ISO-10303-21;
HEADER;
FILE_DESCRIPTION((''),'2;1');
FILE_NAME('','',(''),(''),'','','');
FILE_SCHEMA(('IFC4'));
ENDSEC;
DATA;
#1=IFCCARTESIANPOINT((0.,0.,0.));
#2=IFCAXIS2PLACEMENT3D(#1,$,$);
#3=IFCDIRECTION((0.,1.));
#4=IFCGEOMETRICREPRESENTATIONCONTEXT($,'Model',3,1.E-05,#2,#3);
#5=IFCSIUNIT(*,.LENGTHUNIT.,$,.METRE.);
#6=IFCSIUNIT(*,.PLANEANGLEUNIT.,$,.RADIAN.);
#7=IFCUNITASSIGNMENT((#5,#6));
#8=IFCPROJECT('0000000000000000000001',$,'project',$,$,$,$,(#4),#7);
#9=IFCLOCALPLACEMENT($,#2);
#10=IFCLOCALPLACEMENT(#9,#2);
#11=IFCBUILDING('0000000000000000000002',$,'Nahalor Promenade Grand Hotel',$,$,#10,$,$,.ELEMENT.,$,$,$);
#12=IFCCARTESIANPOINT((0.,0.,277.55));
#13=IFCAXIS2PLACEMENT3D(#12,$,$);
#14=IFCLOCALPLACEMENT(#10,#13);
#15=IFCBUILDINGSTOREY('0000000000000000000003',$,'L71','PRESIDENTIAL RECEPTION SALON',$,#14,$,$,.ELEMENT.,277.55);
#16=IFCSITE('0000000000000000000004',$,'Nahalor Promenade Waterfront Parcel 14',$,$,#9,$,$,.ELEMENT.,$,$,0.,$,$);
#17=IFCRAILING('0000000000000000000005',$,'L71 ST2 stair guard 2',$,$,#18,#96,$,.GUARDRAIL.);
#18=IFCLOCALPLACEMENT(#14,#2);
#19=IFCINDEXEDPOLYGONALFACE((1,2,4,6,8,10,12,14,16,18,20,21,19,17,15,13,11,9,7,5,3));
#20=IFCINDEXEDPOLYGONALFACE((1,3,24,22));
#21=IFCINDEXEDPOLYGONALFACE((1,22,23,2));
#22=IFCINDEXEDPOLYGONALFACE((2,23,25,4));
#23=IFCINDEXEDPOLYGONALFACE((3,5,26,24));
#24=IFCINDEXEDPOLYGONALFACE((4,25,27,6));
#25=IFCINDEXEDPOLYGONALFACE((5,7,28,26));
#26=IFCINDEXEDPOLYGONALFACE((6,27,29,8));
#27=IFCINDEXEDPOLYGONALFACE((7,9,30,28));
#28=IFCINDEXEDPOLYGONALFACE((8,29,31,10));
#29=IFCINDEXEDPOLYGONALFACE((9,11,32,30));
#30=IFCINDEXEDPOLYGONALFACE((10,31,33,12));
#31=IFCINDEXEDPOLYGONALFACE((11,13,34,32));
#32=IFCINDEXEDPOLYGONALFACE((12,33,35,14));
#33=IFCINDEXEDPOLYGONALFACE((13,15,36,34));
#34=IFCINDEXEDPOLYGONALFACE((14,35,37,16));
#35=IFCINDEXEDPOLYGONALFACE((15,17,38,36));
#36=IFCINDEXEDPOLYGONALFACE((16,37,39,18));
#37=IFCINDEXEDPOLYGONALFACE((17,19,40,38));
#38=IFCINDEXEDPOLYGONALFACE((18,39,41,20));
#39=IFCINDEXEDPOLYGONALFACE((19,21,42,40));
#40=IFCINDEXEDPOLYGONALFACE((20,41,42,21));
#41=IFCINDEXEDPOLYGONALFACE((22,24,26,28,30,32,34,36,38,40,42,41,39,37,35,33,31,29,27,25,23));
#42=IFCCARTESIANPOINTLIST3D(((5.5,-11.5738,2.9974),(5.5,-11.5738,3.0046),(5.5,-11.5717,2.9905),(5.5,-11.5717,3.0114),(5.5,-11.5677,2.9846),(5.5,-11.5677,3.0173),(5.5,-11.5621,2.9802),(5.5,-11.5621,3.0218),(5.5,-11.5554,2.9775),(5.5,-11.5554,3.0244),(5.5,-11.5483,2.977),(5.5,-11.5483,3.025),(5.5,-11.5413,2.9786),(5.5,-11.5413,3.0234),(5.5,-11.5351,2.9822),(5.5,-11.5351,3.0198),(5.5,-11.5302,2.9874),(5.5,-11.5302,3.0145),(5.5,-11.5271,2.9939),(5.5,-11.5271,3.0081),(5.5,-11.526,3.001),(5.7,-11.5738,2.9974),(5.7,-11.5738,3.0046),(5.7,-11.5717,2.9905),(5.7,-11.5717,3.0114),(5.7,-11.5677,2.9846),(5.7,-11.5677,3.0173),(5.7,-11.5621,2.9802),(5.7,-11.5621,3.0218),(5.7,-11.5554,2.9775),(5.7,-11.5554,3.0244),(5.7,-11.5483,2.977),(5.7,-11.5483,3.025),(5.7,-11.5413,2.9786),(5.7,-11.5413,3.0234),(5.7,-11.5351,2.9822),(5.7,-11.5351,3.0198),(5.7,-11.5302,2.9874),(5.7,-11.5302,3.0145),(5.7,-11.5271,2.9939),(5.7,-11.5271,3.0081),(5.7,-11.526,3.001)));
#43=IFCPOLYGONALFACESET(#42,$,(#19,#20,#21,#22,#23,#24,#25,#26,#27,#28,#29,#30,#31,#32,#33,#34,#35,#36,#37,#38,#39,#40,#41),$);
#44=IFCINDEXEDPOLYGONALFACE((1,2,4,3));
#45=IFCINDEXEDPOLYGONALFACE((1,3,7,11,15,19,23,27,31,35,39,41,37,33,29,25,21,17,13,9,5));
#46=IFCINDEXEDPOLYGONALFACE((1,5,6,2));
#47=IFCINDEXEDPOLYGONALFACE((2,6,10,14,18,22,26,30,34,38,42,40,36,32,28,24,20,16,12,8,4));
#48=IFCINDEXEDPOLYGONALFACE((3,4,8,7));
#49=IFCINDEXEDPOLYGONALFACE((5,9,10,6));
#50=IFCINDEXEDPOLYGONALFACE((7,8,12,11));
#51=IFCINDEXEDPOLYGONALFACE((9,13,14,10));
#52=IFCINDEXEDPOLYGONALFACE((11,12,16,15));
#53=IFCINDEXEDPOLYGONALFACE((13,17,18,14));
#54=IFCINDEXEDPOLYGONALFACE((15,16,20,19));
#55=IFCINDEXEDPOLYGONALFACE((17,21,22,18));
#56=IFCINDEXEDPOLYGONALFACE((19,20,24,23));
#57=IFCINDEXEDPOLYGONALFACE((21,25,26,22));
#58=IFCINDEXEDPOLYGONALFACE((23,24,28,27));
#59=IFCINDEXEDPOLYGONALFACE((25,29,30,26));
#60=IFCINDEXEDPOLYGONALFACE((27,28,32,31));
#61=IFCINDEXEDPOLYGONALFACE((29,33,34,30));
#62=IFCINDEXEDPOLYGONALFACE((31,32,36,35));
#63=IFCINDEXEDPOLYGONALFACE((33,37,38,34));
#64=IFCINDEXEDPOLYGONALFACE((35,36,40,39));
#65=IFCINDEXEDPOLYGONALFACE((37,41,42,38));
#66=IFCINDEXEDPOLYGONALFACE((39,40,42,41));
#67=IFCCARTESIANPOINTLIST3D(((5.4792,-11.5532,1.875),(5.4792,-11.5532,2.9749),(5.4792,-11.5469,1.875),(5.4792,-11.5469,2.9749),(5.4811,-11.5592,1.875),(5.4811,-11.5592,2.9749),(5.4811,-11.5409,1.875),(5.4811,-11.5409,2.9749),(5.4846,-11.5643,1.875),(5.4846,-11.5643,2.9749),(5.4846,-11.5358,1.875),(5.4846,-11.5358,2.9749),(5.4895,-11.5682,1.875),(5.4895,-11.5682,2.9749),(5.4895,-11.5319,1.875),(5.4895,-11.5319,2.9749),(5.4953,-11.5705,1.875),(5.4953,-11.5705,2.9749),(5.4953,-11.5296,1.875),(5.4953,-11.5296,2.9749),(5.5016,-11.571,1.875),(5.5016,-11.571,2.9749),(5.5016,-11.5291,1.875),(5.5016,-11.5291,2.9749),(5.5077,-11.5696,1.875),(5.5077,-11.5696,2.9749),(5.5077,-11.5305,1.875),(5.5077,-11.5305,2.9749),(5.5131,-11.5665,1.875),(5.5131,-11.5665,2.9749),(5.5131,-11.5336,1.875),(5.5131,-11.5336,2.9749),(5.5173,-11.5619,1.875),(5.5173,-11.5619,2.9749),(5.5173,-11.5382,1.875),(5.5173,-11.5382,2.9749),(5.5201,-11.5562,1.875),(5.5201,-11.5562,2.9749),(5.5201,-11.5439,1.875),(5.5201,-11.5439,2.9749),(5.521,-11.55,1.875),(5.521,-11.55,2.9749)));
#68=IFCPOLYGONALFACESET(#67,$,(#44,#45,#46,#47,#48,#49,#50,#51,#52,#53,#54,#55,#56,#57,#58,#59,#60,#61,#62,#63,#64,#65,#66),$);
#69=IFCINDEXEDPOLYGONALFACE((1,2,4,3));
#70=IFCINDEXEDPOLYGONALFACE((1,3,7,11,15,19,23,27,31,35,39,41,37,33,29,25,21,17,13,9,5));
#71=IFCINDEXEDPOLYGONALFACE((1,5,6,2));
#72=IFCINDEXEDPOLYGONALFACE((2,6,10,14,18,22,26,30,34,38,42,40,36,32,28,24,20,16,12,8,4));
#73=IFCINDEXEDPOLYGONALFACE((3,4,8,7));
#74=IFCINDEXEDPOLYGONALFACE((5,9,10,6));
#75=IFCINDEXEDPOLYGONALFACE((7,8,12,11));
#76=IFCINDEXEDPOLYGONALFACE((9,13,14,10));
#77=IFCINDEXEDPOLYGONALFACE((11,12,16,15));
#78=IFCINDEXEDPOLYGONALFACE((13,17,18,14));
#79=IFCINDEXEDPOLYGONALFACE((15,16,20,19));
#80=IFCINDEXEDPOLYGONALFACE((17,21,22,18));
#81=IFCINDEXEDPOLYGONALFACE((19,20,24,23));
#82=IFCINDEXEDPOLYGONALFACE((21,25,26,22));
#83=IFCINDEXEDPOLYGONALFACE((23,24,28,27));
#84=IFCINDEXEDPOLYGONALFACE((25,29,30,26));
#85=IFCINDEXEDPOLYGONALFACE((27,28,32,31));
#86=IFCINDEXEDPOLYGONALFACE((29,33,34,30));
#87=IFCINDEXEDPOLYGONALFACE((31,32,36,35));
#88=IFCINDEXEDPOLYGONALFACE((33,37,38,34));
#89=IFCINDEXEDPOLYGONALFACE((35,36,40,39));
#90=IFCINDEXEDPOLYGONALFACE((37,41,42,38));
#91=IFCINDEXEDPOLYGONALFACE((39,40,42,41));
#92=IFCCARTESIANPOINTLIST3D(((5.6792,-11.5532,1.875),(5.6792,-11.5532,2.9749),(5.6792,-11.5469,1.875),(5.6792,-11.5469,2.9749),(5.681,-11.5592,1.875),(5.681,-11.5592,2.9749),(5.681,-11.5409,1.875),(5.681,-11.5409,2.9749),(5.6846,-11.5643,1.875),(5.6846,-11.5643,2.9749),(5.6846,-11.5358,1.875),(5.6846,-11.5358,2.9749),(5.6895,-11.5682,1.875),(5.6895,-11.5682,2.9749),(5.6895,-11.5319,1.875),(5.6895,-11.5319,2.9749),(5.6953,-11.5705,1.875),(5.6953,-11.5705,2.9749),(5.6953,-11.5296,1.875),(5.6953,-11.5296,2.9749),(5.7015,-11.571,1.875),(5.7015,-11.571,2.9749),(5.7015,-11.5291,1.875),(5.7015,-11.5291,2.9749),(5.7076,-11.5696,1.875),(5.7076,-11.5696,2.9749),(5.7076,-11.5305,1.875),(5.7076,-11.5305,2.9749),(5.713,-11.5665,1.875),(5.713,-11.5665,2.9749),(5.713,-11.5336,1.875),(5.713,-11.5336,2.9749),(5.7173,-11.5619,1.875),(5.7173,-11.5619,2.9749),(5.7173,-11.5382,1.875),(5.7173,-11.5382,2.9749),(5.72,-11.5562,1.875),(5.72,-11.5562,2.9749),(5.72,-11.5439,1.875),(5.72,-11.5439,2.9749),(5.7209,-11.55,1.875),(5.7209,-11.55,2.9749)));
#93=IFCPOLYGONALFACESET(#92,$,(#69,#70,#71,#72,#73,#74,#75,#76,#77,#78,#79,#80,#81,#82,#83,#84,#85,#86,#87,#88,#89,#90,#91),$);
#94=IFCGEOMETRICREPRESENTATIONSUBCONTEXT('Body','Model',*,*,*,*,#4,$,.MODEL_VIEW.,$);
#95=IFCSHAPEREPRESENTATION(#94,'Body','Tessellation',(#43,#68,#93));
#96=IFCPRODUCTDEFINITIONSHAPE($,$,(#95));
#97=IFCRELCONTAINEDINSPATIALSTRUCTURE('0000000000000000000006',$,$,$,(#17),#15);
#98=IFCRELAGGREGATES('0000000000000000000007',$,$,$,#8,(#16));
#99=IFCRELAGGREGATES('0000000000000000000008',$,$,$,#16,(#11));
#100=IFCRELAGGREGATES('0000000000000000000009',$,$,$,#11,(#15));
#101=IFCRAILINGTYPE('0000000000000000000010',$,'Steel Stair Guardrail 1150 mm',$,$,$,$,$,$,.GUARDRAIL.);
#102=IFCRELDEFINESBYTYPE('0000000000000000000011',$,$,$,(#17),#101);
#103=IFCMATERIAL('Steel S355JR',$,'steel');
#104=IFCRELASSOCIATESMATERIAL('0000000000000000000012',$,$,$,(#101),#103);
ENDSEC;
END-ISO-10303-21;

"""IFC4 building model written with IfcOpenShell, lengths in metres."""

from ifc_helpers import new_model, si_unit, direction, frame, origin, origin_2d, place, context, subcontext, project, spatial, circle, extrude, material, type_object, element, save


model = new_model("IFC4")

# Units and contexts
model_context = context("Model", 3, precision=1e-05, world=origin(), true_north=direction((0.0, 1.0)))
body_context = subcontext(model_context, "Body", "Model", "MODEL_VIEW")
ifc_project = project(units=[si_unit("LENGTHUNIT", "METRE"), si_unit("PLANEANGLEUNIT", "RADIAN")], contexts=[model_context])

# Site, building, storey
site_placement = place(None, origin())
site = spatial("IfcSite", under=ifc_project, at=site_placement, Name="Nahalor Promenade Waterfront Parcel 14", CompositionType="ELEMENT", RefElevation=0.0)
building_placement = place(site_placement, origin())
building = spatial("IfcBuilding", under=site, at=building_placement, Name="Nahalor Promenade Grand Hotel", CompositionType="ELEMENT")
storey_placement = place(building_placement, frame((0.0, 0.0, 277.55)))
storey = spatial("IfcBuildingStorey", under=building, at=storey_placement, Name="L71", Description="PRESIDENTIAL RECEPTION SALON", CompositionType="ELEMENT", Elevation=277.55)

# Shared definitions
ifc_material_1 = material(Name="Steel S355JR", Category="steel")

# Railing
railing_type_1 = type_object("IfcRailingType", Name="Steel Stair Guardrail 1150 mm", PredefinedType="GUARDRAIL", material=ifc_material_1)
railing_1_placement = place(storey_placement, frame((5.5, -11.55, 1.875)))
element("IfcRailing", 1, at=railing_1_placement, inside=storey, type_object=railing_type_1, Name="L71 ST2 stair guard 2", PredefinedType="GUARDRAIL", context=body_context, shape_type="SweptSolid", body=[
    extrude(circle(Radius=0.024, at=origin_2d()), frame((0.0, 0.0, 1.126), z_axis=(1.0, 0.0, 0.0), x_axis=(0.0, 1.0, 0.0)), (0.0, 0.0, 1.0), 0.2),
    extrude(circle(Radius=0.021, at=origin_2d()), origin(), (0.0, 0.0, 1.0), 1.0999),
    extrude(circle(Radius=0.021, at=origin_2d()), frame((0.2, 0.0, 0.0)), (0.0, 0.0, 1.0), 1.0999),
])

save(model, "model.ifc")
